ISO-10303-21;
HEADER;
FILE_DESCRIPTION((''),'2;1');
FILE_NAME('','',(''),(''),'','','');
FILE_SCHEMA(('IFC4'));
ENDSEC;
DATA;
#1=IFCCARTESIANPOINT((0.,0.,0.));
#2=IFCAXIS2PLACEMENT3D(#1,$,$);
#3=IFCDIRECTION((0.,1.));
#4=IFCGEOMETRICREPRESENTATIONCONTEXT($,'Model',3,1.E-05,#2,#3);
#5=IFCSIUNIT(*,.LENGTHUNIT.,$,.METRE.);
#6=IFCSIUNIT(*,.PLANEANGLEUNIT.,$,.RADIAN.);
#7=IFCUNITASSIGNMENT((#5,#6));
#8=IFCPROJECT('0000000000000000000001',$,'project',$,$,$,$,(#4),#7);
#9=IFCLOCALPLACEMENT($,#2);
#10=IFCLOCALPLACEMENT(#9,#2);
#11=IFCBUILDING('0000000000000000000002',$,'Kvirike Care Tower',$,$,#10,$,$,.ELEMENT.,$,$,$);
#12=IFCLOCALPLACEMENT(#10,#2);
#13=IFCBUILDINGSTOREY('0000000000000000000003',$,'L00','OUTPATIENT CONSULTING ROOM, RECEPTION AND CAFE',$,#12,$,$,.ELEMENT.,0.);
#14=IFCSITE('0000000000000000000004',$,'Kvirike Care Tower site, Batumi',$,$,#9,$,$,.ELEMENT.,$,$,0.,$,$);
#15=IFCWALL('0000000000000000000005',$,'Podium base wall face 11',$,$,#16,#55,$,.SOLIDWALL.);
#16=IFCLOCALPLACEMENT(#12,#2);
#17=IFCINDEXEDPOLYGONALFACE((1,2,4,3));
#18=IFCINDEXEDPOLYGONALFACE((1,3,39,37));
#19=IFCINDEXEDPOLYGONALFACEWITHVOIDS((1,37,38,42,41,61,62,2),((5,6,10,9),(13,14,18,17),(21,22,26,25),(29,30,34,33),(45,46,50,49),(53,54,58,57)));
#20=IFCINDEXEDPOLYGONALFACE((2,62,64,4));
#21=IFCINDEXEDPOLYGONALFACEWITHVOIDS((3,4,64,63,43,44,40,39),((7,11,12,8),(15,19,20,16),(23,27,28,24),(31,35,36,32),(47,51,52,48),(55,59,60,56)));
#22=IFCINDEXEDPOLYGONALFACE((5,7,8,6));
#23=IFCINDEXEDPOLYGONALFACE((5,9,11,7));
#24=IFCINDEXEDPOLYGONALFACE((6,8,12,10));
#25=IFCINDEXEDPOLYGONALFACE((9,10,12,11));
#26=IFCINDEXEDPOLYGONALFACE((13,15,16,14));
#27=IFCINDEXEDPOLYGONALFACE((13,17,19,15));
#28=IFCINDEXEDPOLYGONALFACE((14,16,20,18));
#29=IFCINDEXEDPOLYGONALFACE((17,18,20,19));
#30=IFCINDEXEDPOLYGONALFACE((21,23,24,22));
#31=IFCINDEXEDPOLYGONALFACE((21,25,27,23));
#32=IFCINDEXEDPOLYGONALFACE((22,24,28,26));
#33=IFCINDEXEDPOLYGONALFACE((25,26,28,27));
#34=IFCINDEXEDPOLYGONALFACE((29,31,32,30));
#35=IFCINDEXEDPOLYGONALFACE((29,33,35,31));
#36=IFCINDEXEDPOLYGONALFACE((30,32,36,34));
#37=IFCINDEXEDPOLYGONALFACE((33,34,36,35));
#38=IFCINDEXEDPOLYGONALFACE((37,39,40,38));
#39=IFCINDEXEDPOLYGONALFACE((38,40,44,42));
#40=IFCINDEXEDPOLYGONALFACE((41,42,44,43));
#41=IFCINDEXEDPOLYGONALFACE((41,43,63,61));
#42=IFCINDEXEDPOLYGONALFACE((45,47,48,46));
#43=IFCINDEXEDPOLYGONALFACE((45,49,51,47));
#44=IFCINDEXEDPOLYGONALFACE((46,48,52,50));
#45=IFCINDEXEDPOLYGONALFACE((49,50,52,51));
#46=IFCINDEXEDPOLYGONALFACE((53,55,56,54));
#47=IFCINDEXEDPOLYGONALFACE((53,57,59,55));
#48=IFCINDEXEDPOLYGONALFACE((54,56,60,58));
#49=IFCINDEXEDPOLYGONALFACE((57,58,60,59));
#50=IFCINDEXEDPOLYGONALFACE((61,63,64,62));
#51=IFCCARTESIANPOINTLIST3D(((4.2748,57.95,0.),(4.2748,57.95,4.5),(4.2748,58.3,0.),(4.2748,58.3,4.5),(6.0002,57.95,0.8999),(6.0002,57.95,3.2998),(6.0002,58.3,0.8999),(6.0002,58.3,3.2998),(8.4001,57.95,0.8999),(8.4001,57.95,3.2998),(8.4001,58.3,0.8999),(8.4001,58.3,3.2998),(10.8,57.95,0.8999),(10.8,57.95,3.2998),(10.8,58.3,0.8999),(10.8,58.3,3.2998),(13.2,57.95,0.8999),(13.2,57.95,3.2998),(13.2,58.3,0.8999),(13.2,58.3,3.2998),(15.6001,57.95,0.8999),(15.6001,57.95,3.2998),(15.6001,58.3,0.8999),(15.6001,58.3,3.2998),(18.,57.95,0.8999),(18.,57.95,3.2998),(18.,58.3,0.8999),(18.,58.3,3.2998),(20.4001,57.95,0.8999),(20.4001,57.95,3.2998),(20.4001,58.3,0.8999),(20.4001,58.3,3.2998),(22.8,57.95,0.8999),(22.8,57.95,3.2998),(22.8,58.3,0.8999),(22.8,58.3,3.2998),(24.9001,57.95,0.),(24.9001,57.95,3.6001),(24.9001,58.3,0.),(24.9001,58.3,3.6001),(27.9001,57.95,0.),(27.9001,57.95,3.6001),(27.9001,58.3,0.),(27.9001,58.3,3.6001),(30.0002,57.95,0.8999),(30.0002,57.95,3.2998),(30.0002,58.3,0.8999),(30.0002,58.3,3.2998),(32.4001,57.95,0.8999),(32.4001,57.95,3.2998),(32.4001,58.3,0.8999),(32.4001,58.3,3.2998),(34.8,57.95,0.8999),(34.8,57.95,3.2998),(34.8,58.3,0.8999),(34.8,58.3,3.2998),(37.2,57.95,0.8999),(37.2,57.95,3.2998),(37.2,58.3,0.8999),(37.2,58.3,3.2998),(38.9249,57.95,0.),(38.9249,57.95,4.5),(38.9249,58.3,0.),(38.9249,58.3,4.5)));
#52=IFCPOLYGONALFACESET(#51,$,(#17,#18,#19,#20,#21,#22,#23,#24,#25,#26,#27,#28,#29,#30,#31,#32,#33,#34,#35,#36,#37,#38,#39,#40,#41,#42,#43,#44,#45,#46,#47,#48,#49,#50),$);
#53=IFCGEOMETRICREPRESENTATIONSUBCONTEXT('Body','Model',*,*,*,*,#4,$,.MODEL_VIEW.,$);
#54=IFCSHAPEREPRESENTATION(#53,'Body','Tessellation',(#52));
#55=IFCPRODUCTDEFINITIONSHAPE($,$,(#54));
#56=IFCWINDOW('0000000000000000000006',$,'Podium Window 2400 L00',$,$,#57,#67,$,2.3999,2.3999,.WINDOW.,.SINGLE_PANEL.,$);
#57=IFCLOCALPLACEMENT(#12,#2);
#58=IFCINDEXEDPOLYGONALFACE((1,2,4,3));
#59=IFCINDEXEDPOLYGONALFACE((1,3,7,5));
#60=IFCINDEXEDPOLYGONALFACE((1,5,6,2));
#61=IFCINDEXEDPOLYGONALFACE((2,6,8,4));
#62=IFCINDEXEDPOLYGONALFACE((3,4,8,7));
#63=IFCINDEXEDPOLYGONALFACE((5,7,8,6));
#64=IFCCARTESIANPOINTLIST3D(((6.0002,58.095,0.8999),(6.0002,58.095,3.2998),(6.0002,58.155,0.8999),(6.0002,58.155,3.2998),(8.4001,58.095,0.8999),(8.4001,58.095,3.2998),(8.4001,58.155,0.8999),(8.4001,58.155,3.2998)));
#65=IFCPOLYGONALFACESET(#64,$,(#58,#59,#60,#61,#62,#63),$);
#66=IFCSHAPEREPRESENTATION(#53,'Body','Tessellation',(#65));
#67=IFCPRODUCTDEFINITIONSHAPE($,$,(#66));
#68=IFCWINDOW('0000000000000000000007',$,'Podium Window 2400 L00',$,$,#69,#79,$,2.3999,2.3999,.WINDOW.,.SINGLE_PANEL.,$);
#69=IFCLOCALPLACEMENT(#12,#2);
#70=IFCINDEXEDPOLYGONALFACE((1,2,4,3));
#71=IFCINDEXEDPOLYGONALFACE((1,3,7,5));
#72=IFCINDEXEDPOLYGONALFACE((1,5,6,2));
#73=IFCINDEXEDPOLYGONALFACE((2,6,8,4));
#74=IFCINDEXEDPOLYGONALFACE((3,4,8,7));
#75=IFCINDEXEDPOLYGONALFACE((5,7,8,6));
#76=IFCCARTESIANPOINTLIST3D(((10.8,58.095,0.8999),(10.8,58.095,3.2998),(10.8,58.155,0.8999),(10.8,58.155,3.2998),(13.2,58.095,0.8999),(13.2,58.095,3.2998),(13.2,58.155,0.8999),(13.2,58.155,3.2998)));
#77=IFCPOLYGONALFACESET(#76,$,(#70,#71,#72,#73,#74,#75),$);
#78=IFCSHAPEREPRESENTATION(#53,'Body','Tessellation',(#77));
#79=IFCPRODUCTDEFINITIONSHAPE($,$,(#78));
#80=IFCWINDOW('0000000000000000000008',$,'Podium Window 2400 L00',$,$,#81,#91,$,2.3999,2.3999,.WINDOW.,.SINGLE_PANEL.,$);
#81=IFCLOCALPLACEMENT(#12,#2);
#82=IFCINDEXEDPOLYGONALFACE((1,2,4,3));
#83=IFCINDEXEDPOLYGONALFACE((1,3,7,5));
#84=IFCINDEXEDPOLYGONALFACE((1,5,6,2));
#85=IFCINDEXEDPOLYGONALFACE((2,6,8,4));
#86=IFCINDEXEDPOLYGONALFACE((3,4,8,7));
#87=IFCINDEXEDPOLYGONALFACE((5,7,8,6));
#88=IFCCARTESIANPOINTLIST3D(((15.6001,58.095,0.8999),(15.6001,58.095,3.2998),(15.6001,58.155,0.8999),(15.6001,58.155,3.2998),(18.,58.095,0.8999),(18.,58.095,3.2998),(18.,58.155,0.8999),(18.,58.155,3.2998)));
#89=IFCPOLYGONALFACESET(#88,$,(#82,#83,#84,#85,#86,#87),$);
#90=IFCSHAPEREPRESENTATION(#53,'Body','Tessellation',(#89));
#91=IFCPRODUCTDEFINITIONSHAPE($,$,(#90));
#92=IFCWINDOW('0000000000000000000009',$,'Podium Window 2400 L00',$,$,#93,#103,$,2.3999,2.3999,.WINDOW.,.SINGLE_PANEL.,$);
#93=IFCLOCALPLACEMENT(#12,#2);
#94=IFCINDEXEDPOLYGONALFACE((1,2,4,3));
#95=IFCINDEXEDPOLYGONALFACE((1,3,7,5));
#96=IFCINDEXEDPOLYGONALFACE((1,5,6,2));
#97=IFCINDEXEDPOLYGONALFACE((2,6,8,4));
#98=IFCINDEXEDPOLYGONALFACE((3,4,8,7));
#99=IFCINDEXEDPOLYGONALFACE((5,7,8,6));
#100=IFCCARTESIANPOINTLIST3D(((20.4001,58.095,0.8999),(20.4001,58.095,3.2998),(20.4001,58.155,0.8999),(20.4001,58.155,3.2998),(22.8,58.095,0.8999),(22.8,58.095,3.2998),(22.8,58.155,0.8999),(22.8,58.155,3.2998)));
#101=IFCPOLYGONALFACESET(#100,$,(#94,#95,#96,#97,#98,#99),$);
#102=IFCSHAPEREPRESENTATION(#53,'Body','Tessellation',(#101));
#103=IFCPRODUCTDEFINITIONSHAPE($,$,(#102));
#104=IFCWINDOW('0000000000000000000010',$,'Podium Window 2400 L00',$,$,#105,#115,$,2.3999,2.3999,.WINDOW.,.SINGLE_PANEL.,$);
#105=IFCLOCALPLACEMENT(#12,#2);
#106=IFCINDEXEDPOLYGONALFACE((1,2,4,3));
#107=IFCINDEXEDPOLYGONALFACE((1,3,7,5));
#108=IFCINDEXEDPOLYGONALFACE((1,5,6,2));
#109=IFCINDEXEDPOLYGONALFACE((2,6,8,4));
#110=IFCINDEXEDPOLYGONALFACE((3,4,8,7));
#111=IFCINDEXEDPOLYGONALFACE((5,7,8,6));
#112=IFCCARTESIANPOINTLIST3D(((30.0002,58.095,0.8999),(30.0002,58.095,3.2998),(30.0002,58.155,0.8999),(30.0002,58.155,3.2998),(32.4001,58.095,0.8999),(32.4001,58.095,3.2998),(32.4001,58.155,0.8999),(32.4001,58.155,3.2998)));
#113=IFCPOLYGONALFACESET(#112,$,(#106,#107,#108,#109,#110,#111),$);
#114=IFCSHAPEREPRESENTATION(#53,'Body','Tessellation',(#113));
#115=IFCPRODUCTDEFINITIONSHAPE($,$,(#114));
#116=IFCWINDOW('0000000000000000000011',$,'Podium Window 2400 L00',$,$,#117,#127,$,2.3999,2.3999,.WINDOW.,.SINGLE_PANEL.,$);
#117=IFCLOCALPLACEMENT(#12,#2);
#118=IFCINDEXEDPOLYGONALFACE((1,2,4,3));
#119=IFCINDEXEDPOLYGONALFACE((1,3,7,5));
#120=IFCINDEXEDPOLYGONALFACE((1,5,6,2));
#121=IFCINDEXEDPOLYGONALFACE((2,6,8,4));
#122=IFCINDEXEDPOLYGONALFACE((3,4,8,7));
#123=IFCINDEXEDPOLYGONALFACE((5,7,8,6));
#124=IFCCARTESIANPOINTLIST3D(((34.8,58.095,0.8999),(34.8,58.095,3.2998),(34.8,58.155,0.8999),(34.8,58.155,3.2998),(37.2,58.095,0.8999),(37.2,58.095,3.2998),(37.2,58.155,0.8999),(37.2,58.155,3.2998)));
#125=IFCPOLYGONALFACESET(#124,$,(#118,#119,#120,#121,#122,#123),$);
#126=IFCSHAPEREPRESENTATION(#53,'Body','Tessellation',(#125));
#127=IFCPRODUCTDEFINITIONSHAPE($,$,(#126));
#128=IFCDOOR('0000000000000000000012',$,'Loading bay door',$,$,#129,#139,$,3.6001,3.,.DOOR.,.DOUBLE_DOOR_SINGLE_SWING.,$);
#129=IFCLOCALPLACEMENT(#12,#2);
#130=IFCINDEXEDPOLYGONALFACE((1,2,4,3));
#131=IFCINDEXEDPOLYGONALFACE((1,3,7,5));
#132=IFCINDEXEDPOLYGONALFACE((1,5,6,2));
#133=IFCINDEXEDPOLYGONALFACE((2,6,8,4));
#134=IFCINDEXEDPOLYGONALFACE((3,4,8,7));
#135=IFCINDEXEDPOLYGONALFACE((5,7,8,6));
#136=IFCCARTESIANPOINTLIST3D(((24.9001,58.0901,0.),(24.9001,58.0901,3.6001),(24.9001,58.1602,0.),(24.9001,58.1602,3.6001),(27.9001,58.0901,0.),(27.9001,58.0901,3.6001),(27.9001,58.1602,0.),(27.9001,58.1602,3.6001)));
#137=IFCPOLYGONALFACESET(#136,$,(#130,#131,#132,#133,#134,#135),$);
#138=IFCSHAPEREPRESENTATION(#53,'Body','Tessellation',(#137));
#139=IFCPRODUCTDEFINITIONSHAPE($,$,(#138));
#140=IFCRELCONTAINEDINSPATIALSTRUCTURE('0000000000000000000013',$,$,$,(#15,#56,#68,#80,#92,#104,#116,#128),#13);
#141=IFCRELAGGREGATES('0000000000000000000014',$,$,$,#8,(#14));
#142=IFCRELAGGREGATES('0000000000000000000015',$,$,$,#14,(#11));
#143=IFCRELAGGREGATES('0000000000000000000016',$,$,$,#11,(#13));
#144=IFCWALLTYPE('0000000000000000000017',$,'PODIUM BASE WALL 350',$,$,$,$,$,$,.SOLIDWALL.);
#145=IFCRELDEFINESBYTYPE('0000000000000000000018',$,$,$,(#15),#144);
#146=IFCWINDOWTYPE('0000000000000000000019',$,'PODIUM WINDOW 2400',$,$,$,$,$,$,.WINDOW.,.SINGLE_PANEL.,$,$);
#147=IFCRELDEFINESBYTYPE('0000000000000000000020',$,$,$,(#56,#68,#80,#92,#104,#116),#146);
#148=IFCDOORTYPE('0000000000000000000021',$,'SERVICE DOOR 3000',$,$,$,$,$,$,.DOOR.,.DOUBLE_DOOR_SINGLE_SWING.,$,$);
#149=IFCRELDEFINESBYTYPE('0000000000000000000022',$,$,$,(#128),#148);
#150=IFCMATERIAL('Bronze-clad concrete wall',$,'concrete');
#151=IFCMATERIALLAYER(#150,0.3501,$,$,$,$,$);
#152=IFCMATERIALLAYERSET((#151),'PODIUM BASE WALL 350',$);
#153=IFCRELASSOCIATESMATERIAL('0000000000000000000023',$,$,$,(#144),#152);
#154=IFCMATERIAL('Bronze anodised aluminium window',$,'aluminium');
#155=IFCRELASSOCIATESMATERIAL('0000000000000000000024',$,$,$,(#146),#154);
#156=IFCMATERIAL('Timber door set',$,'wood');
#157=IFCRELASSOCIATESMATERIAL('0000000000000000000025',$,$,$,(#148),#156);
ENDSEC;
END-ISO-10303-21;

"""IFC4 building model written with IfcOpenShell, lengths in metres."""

from ifc_helpers import new_model, si_unit, direction, frame, frame_2d, origin, place, context, subcontext, project, spatial, rectangle, extrude, material, layer, layer_set, type_object, element, fill, save


model = new_model("IFC4")

# Units and contexts
model_context = context("Model", 3, precision=1e-05, world=origin(), true_north=direction((0.0, 1.0)))
body_context = subcontext(model_context, "Body", "Model", "MODEL_VIEW")
ifc_project = project(units=[si_unit("LENGTHUNIT", "METRE"), si_unit("PLANEANGLEUNIT", "RADIAN")], contexts=[model_context])

# Site, building, storey
site_placement = place(None, origin())
site = spatial("IfcSite", under=ifc_project, at=site_placement, Name="Kvirike Care Tower site, Batumi", CompositionType="ELEMENT", RefElevation=0.0)
building_placement = place(site_placement, origin())
building = spatial("IfcBuilding", under=site, at=building_placement, Name="Kvirike Care Tower", CompositionType="ELEMENT")
storey_placement = place(building_placement, origin())
storey = spatial("IfcBuildingStorey", under=building, at=storey_placement, Name="L00", Description="OUTPATIENT CONSULTING ROOM, RECEPTION AND CAFE", CompositionType="ELEMENT", Elevation=0.0)

# Shared definitions
ifc_material_1 = material(Name="Bronze-clad concrete wall", Category="concrete")
ifc_layer_1 = layer(ifc_material_1, 0.3501)
ifc_layer_set_1 = layer_set([ifc_layer_1], Name="PODIUM BASE WALL 350")
wall_type_1 = type_object("IfcWallType", Name="PODIUM BASE WALL 350", PredefinedType="SOLIDWALL", material=ifc_layer_set_1)
ifc_material_2 = material(Name="Bronze anodised aluminium window", Category="aluminium")
window_type = type_object("IfcWindowType", Name="PODIUM WINDOW 2400", PartitioningType="SINGLE_PANEL", PredefinedType="WINDOW", material=ifc_material_2)

# Wall, openings, windows, door
wall_1_placement = place(storey_placement, frame((38.925, 58.125, 0.0), z_axis=(0.0, 0.0, 1.0), x_axis=(-1.0, 0.0, 0.0)))
wall_1 = element("IfcWall", 1, at=wall_1_placement, inside=storey, type_object=wall_type_1, Name="Podium base wall face 11", PredefinedType="SOLIDWALL", context=body_context, shape_type="SweptSolid", body=[
    extrude(rectangle(XDim=34.6501, YDim=0.3501, at=frame_2d((17.3252, 0.0))), origin(), (0.0, 0.0, 1.0), 4.5),
])
opening_1_placement = place(wall_1_placement, frame((11.0249, 0.0, 0.0)))
opening_1 = element("IfcOpeningElement", 2, at=opening_1_placement, cuts=wall_1, PredefinedType="OPENING", context=body_context, shape_type="SweptSolid", body=[
    extrude(rectangle(XDim=3.0, YDim=3.6001, at=frame_2d((1.5, 1.8))), frame((0.0, 0.1855, 0.0), z_axis=(0.0, -1.0, 0.0), x_axis=(1.0, 0.0, 0.0)), (0.0, 0.0, 1.0), 0.3711),
])
opening_2_placement = place(wall_1_placement, frame((30.5249, 0.0, 0.8999)))
opening_2 = element("IfcOpeningElement", 3, at=opening_2_placement, cuts=wall_1, PredefinedType="OPENING", context=body_context, shape_type="SweptSolid", body=[
    extrude(rectangle(XDim=2.3999, YDim=2.3999, at=frame_2d((1.2, 1.2))), frame((0.0, 0.1855, 0.0), z_axis=(0.0, -1.0, 0.0), x_axis=(1.0, 0.0, 0.0)), (0.0, 0.0, 1.0), 0.3711),
])
opening_3_placement = place(wall_1_placement, frame((25.7251, 0.0, 0.8999)))
opening_3 = element("IfcOpeningElement", 4, at=opening_3_placement, cuts=wall_1, PredefinedType="OPENING", context=body_context, shape_type="SweptSolid", body=[
    extrude(rectangle(XDim=2.3999, YDim=2.3999, at=frame_2d((1.2, 1.2))), frame((0.0, 0.1855, 0.0), z_axis=(0.0, -1.0, 0.0), x_axis=(1.0, 0.0, 0.0)), (0.0, 0.0, 1.0), 0.3711),
])
opening_4_placement = place(wall_1_placement, frame((20.925, 0.0, 0.8999)))
opening_4 = element("IfcOpeningElement", 5, at=opening_4_placement, cuts=wall_1, PredefinedType="OPENING", context=body_context, shape_type="SweptSolid", body=[
    extrude(rectangle(XDim=2.3999, YDim=2.3999, at=frame_2d((1.2, 1.2))), frame((0.0, 0.1855, 0.0), z_axis=(0.0, -1.0, 0.0), x_axis=(1.0, 0.0, 0.0)), (0.0, 0.0, 1.0), 0.3711),
])
opening_5_placement = place(wall_1_placement, frame((16.125, 0.0, 0.8999)))
opening_5 = element("IfcOpeningElement", 6, at=opening_5_placement, cuts=wall_1, PredefinedType="OPENING", context=body_context, shape_type="SweptSolid", body=[
    extrude(rectangle(XDim=2.3999, YDim=2.3999, at=frame_2d((1.2, 1.2))), frame((0.0, 0.1855, 0.0), z_axis=(0.0, -1.0, 0.0), x_axis=(1.0, 0.0, 0.0)), (0.0, 0.0, 1.0), 0.3711),
])
opening_6_placement = place(wall_1_placement, frame((6.5249, 0.0, 0.8999)))
opening_6 = element("IfcOpeningElement", 7, at=opening_6_placement, cuts=wall_1, PredefinedType="OPENING", context=body_context, shape_type="SweptSolid", body=[
    extrude(rectangle(XDim=2.3999, YDim=2.3999, at=frame_2d((1.2, 1.2))), frame((0.0, 0.1855, 0.0), z_axis=(0.0, -1.0, 0.0), x_axis=(1.0, 0.0, 0.0)), (0.0, 0.0, 1.0), 0.3711),
])
opening_7_placement = place(wall_1_placement, frame((1.7251, 0.0, 0.8999)))
opening_7 = element("IfcOpeningElement", 8, at=opening_7_placement, cuts=wall_1, PredefinedType="OPENING", context=body_context, shape_type="SweptSolid", body=[
    extrude(rectangle(XDim=2.3999, YDim=2.3999, at=frame_2d((1.2, 1.2))), frame((0.0, 0.1855, 0.0), z_axis=(0.0, -1.0, 0.0), x_axis=(1.0, 0.0, 0.0)), (0.0, 0.0, 1.0), 0.3711),
])
window_1_placement = place(opening_2_placement, origin())
window_1 = element("IfcWindow", 9, at=window_1_placement, inside=storey, type_object=window_type, Name="Podium Window 2400 L00", OverallHeight=2.3999, OverallWidth=2.3999, PartitioningType="SINGLE_PANEL", PredefinedType="WINDOW", context=body_context, shape_type="SweptSolid", body=[
    extrude(rectangle(XDim=2.3999, YDim=2.3999, at=frame_2d((1.2, 1.2))), frame((0.0, 0.03, 0.0), z_axis=(0.0, -1.0, 0.0), x_axis=(1.0, 0.0, 0.0)), (0.0, 0.0, 1.0), 0.0601),
])
fill(opening_2, window_1)
window_2_placement = place(opening_3_placement, origin())
window_2 = element("IfcWindow", 10, at=window_2_placement, inside=storey, type_object=window_type, Name="Podium Window 2400 L00", OverallHeight=2.3999, OverallWidth=2.3999, PartitioningType="SINGLE_PANEL", PredefinedType="WINDOW", context=body_context, shape_type="SweptSolid", body=[
    extrude(rectangle(XDim=2.3999, YDim=2.3999, at=frame_2d((1.2, 1.2))), frame((0.0, 0.03, 0.0), z_axis=(0.0, -1.0, 0.0), x_axis=(1.0, 0.0, 0.0)), (0.0, 0.0, 1.0), 0.0601),
])
fill(opening_3, window_2)
window_3_placement = place(opening_4_placement, origin())
window_3 = element("IfcWindow", 11, at=window_3_placement, inside=storey, type_object=window_type, Name="Podium Window 2400 L00", OverallHeight=2.3999, OverallWidth=2.3999, PartitioningType="SINGLE_PANEL", PredefinedType="WINDOW", context=body_context, shape_type="SweptSolid", body=[
    extrude(rectangle(XDim=2.3999, YDim=2.3999, at=frame_2d((1.2, 1.2))), frame((0.0, 0.03, 0.0), z_axis=(0.0, -1.0, 0.0), x_axis=(1.0, 0.0, 0.0)), (0.0, 0.0, 1.0), 0.0601),
])
fill(opening_4, window_3)
window_4_placement = place(opening_5_placement, origin())
window_4 = element("IfcWindow", 12, at=window_4_placement, inside=storey, type_object=window_type, Name="Podium Window 2400 L00", OverallHeight=2.3999, OverallWidth=2.3999, PartitioningType="SINGLE_PANEL", PredefinedType="WINDOW", context=body_context, shape_type="SweptSolid", body=[
    extrude(rectangle(XDim=2.3999, YDim=2.3999, at=frame_2d((1.2, 1.2))), frame((0.0, 0.03, 0.0), z_axis=(0.0, -1.0, 0.0), x_axis=(1.0, 0.0, 0.0)), (0.0, 0.0, 1.0), 0.0601),
])
fill(opening_5, window_4)
window_5_placement = place(opening_6_placement, origin())
window_5 = element("IfcWindow", 13, at=window_5_placement, inside=storey, type_object=window_type, Name="Podium Window 2400 L00", OverallHeight=2.3999, OverallWidth=2.3999, PartitioningType="SINGLE_PANEL", PredefinedType="WINDOW", context=body_context, shape_type="SweptSolid", body=[
    extrude(rectangle(XDim=2.3999, YDim=2.3999, at=frame_2d((1.2, 1.2))), frame((0.0, 0.03, 0.0), z_axis=(0.0, -1.0, 0.0), x_axis=(1.0, 0.0, 0.0)), (0.0, 0.0, 1.0), 0.0601),
])
fill(opening_6, window_5)
window_6_placement = place(opening_7_placement, origin())
window_6 = element("IfcWindow", 14, at=window_6_placement, inside=storey, type_object=window_type, Name="Podium Window 2400 L00", OverallHeight=2.3999, OverallWidth=2.3999, PartitioningType="SINGLE_PANEL", PredefinedType="WINDOW", context=body_context, shape_type="SweptSolid", body=[
    extrude(rectangle(XDim=2.3999, YDim=2.3999, at=frame_2d((1.2, 1.2))), frame((0.0, 0.03, 0.0), z_axis=(0.0, -1.0, 0.0), x_axis=(1.0, 0.0, 0.0)), (0.0, 0.0, 1.0), 0.0601),
])
fill(opening_7, window_6)
ifc_material_3 = material(Name="Timber door set", Category="wood")
door_type = type_object("IfcDoorType", Name="SERVICE DOOR 3000", OperationType="DOUBLE_DOOR_SINGLE_SWING", PredefinedType="DOOR", material=ifc_material_3)
door_placement = place(opening_1_placement, frame((3.0, 0.0, 0.0), z_axis=(0.0, 0.0, 1.0), x_axis=(-1.0, 0.0, 0.0)))
door = element("IfcDoor", 15, at=door_placement, inside=storey, type_object=door_type, Name="Loading bay door", OperationType="DOUBLE_DOOR_SINGLE_SWING", OverallHeight=3.6001, OverallWidth=3.0, PredefinedType="DOOR", context=body_context, shape_type="SweptSolid", body=[
    extrude(rectangle(XDim=3.0, YDim=3.6001, at=frame_2d((1.5, 1.8))), frame((0.0, 0.0352, 0.0), z_axis=(0.0, -1.0, 0.0), x_axis=(1.0, 0.0, 0.0)), (0.0, 0.0, 1.0), 0.0701),
])
fill(opening_1, door)

save(model, "model.ifc")
